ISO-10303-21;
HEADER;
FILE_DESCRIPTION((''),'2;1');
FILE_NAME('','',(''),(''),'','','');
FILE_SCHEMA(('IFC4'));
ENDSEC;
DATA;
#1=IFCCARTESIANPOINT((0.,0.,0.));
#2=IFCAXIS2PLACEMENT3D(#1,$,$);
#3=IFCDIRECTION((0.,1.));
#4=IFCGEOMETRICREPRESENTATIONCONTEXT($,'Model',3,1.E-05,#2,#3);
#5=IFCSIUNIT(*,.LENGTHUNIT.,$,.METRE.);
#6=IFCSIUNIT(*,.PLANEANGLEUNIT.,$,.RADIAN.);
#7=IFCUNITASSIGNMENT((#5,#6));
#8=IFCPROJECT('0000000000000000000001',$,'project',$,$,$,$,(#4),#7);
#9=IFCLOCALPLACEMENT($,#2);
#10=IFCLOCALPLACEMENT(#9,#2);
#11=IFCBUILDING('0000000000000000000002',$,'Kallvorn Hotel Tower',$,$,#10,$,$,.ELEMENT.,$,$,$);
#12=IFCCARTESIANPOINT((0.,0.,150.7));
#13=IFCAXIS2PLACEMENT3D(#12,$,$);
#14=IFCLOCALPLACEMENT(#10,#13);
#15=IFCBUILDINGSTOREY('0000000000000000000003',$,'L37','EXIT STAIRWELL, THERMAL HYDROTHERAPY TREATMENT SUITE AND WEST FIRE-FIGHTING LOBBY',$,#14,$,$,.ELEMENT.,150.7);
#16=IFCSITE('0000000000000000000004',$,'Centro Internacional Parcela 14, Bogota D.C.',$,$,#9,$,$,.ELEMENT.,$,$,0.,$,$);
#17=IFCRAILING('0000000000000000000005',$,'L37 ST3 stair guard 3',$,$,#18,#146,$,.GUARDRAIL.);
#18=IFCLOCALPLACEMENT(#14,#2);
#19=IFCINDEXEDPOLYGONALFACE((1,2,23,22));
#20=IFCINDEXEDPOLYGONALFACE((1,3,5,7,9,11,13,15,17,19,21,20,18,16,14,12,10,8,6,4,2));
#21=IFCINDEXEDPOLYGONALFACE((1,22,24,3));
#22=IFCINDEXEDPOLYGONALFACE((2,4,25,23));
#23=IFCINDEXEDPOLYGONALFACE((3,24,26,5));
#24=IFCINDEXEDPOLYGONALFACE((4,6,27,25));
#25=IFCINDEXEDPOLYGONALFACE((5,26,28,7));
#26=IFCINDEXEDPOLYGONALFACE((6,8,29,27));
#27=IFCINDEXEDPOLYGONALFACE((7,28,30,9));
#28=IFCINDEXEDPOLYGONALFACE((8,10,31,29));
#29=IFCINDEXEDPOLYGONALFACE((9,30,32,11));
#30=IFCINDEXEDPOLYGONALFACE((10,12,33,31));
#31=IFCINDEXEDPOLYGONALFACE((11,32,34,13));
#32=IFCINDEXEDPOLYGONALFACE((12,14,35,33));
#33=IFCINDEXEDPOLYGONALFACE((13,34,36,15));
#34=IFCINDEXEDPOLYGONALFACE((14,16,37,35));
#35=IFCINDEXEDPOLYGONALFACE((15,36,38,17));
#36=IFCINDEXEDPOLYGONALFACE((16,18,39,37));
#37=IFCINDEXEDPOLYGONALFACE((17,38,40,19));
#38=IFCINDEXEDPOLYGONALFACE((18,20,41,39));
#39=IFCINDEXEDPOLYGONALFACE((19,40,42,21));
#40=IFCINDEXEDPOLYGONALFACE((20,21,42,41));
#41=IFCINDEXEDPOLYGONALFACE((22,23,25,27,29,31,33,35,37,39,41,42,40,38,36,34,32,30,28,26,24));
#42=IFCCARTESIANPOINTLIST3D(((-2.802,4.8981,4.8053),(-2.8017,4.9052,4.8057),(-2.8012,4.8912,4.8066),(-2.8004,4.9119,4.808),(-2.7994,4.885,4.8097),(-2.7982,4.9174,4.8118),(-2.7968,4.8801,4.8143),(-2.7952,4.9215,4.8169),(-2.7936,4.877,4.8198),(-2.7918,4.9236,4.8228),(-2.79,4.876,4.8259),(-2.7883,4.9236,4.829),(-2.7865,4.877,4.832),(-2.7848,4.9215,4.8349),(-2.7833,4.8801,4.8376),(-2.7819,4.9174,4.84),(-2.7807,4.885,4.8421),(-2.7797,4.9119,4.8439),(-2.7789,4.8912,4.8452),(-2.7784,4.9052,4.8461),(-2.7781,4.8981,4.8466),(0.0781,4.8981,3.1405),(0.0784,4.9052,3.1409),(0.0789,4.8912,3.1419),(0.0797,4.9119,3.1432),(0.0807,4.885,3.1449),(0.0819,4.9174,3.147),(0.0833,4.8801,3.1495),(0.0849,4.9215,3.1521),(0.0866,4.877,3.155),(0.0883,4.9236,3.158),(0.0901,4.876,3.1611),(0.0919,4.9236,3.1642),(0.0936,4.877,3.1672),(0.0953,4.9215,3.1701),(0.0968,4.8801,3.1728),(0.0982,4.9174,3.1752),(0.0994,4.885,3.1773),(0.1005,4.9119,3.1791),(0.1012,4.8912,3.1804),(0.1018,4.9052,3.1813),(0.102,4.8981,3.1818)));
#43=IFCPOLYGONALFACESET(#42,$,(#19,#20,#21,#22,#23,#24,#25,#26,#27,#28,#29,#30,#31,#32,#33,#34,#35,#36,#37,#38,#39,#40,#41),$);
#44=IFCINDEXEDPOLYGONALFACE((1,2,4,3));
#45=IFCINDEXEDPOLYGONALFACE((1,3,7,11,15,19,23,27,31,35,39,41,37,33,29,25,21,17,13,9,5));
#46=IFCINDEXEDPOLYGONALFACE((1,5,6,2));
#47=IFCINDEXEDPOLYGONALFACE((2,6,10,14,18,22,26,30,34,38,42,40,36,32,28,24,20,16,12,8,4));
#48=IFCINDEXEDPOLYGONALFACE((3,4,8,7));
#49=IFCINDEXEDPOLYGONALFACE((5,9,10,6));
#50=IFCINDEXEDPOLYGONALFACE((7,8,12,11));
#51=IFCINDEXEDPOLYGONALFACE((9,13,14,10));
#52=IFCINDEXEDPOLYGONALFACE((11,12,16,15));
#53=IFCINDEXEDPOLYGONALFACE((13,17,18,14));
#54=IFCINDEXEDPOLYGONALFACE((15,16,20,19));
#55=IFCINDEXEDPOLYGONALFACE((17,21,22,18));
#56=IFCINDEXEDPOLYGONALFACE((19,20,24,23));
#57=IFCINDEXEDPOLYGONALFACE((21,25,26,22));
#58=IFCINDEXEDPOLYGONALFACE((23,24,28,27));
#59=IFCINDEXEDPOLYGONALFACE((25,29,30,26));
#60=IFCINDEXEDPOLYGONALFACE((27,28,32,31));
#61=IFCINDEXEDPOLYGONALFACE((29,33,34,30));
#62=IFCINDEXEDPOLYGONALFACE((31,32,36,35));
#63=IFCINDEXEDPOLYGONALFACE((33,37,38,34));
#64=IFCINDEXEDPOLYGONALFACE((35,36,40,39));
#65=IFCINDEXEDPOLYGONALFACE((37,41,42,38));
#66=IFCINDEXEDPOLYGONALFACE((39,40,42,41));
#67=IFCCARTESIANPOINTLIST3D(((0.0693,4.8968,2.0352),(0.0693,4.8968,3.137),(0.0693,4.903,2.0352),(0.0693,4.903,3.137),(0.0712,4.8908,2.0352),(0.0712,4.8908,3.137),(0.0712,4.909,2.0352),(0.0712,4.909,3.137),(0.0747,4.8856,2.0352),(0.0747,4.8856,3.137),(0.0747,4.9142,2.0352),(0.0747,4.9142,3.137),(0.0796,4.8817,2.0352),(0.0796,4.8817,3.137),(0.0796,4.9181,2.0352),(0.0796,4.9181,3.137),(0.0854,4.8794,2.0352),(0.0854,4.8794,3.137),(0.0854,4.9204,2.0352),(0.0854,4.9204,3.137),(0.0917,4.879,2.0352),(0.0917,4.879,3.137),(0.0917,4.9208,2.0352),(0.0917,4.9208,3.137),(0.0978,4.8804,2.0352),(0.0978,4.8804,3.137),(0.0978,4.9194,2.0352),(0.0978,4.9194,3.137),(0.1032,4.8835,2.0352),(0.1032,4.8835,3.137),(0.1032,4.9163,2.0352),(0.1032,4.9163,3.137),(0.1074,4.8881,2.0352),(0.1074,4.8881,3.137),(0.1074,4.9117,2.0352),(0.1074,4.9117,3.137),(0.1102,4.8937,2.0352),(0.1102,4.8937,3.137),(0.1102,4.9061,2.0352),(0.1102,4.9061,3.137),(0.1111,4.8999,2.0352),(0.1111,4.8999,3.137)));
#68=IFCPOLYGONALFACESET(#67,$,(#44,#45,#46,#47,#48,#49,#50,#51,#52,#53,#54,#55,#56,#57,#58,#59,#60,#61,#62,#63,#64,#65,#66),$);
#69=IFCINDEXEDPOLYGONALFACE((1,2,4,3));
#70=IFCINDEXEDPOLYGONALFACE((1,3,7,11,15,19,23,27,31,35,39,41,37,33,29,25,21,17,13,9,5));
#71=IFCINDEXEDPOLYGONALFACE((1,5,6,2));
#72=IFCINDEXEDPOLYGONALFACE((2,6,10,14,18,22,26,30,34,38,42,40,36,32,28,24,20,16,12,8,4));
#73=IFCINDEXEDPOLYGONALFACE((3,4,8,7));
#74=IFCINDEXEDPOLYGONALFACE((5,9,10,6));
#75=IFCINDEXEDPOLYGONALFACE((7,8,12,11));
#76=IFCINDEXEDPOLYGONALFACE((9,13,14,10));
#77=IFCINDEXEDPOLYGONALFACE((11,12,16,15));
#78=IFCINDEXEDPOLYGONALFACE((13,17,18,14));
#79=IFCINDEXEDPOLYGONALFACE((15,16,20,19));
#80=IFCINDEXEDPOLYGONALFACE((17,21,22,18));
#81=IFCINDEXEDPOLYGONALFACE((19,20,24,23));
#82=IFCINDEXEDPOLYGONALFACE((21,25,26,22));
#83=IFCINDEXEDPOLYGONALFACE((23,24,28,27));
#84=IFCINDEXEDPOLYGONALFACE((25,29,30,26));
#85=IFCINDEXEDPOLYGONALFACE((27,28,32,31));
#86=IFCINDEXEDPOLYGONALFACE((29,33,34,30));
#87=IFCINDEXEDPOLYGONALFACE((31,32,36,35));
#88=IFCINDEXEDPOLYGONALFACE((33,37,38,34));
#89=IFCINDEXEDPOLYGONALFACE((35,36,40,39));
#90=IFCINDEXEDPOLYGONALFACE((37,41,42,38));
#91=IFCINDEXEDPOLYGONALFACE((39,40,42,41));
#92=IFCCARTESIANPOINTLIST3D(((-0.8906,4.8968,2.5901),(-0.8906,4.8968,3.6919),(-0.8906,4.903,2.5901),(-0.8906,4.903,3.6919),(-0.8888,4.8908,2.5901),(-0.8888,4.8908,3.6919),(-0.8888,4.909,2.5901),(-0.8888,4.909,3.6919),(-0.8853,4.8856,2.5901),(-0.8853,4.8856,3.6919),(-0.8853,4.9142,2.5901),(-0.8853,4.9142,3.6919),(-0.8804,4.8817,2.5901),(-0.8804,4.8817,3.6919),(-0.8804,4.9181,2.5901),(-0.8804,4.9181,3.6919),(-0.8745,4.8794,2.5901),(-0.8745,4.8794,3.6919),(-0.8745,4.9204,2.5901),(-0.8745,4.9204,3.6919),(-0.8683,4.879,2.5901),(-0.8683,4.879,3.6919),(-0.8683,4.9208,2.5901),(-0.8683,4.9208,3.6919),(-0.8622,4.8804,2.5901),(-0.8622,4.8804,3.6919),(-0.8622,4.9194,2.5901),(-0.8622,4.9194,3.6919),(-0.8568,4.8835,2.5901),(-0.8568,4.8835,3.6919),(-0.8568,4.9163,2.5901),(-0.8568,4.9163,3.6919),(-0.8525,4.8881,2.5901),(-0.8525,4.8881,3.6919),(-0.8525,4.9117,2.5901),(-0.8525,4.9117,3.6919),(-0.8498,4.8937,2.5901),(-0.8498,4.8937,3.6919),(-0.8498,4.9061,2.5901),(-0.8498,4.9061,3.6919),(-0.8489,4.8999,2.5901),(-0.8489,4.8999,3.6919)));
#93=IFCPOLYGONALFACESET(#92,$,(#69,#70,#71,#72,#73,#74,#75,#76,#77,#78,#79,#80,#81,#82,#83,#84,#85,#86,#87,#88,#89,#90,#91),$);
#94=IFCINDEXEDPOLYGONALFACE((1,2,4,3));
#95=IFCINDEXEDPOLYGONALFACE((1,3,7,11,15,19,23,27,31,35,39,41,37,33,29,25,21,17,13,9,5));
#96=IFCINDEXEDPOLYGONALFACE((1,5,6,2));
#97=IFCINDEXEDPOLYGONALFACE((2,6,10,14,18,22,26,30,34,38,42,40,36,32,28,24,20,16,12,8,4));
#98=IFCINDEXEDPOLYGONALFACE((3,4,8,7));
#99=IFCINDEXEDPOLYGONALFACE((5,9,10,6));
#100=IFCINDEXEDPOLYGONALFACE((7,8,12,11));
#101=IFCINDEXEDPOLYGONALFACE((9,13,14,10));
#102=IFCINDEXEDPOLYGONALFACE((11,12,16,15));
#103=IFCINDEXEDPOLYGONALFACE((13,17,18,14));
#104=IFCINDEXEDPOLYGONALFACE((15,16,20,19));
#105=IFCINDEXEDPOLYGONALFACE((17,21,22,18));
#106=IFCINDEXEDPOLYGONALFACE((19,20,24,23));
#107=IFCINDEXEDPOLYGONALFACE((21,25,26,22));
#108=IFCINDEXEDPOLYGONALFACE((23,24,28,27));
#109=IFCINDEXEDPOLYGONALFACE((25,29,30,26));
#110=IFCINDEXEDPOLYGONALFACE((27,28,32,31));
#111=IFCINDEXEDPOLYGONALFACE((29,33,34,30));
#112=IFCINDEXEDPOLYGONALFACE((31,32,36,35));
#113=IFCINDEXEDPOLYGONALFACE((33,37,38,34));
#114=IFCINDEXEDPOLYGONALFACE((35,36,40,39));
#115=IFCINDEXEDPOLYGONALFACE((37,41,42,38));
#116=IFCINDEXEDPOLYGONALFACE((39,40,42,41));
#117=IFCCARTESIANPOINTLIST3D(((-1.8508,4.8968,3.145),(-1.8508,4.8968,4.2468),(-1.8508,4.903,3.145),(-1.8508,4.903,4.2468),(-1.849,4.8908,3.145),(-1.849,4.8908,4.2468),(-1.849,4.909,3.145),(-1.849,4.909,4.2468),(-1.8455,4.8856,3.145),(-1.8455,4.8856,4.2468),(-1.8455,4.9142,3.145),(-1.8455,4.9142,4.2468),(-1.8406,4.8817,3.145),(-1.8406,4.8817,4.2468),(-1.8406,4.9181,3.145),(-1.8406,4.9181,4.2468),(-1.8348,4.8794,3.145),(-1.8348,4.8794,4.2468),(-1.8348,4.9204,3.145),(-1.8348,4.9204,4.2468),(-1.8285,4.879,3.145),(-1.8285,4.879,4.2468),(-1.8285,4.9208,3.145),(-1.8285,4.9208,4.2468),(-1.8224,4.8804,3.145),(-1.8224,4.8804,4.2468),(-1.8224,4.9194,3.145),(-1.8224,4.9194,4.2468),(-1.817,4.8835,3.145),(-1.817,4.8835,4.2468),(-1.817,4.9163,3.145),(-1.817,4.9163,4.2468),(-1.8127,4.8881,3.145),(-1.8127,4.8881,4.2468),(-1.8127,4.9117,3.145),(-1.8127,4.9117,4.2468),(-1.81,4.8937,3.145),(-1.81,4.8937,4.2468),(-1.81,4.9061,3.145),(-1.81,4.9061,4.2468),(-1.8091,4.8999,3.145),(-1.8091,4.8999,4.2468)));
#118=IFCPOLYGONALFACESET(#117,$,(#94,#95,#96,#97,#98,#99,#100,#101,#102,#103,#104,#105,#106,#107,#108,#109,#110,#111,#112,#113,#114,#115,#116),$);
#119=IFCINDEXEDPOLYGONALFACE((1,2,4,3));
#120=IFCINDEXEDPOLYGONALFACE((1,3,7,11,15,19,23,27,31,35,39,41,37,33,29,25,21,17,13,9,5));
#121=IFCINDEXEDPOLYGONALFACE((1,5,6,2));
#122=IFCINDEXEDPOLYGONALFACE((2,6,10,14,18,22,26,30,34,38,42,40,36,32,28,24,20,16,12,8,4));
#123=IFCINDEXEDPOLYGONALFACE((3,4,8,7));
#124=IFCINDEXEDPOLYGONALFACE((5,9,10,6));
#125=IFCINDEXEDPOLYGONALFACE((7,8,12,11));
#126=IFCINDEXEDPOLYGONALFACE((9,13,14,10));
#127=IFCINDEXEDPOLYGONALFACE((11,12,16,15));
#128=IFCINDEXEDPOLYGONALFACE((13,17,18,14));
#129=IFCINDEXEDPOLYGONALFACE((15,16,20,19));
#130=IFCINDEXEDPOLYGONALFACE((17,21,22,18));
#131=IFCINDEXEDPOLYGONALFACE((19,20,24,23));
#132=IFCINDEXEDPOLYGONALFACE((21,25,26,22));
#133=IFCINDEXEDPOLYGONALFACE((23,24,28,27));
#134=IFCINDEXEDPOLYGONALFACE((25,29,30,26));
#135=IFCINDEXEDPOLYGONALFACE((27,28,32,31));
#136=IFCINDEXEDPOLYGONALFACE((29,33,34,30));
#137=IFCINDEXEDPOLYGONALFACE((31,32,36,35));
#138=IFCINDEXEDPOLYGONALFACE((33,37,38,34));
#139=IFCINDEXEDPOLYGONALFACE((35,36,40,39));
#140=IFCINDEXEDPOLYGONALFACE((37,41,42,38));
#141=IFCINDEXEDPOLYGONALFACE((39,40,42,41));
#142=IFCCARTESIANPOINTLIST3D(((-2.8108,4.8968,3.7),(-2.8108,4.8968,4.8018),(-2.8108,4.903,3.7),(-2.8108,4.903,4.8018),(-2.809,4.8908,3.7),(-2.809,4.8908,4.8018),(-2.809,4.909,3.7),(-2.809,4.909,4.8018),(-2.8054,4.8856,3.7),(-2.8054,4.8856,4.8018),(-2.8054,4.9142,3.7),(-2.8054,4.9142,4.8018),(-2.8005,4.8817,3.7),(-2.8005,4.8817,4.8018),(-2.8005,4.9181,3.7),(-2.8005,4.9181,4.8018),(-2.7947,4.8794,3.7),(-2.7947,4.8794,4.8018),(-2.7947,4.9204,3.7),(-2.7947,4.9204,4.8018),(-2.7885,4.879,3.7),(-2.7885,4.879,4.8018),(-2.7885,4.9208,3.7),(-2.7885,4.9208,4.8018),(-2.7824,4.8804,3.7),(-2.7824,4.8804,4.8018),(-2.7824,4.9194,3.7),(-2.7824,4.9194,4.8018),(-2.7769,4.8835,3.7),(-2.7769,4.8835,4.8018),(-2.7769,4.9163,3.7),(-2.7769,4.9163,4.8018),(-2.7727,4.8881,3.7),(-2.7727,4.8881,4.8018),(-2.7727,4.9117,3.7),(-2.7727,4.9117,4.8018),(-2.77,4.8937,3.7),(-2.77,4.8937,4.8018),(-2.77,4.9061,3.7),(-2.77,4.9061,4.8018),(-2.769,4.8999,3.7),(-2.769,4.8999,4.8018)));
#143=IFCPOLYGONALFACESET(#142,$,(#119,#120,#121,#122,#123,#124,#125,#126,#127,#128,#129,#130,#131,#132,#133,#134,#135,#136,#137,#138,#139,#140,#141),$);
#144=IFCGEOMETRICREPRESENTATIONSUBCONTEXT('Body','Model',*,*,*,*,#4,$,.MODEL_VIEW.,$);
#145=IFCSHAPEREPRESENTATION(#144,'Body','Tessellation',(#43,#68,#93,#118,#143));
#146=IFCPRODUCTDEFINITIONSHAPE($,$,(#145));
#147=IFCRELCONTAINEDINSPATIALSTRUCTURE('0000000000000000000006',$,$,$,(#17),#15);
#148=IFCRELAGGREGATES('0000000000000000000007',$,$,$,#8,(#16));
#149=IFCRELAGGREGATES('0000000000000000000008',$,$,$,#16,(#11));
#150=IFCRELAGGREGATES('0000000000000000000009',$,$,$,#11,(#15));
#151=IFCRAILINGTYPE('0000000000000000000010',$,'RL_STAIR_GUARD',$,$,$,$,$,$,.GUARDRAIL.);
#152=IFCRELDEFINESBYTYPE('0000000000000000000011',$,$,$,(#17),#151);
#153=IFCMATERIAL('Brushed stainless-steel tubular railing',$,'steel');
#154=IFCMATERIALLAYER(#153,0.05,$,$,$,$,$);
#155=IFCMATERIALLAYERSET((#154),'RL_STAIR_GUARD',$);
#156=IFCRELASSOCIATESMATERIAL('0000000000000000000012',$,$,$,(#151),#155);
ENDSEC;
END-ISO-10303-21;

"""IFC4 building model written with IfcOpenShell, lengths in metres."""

from ifc_helpers import new_model, si_unit, direction, frame, origin, origin_2d, place, context, subcontext, project, spatial, circle, extrude, material, layer, layer_set, type_object, element, save


model = new_model("IFC4")

# Units and contexts
model_context = context("Model", 3, precision=1e-05, world=origin(), true_north=direction((0.0, 1.0)))
body_context = subcontext(model_context, "Body", "Model", "MODEL_VIEW")
ifc_project = project(units=[si_unit("LENGTHUNIT", "METRE"), si_unit("PLANEANGLEUNIT", "RADIAN")], contexts=[model_context])

# Site, building, storey
site_placement = place(None, origin())
site = spatial("IfcSite", under=ifc_project, at=site_placement, Name="Centro Internacional Parcela 14, Bogota D.C.", CompositionType="ELEMENT", RefElevation=0.0)
building_placement = place(site_placement, origin())
building = spatial("IfcBuilding", under=site, at=building_placement, Name="Kallvorn Hotel Tower", CompositionType="ELEMENT")
storey_placement = place(building_placement, frame((0.0, 0.0, 150.7)))
storey = spatial("IfcBuildingStorey", under=building, at=storey_placement, Name="L37", Description="EXIT STAIRWELL, THERMAL HYDROTHERAPY TREATMENT SUITE AND WEST FIRE-FIGHTING LOBBY", CompositionType="ELEMENT", Elevation=150.7)

# Railing
ifc_material_1 = material(Name="Brushed stainless-steel tubular railing", Category="steel")
ifc_layer_1 = layer(ifc_material_1, 0.05)
ifc_layer_set_1 = layer_set([ifc_layer_1], Name="RL_STAIR_GUARD")
railing_type_1 = type_object("IfcRailingType", Name="RL_STAIR_GUARD", PredefinedType="GUARDRAIL", material=ifc_layer_set_1)
railing_1_placement = place(storey_placement, frame((0.0901, 4.8999, 2.0352)))
element("IfcRailing", 1, at=railing_1_placement, inside=storey, type_object=railing_type_1, Name="L37 ST3 stair guard 3", PredefinedType="GUARDRAIL", context=body_context, shape_type="SweptSolid", body=[
    extrude(circle(Radius=0.0239, at=origin_2d()), frame((0.0, 0.0, 1.126), z_axis=(-0.865771, 0.0, 0.50044), x_axis=(0.0, -1.0, 0.0)), (0.0, 0.0, 1.0), 3.3267),
    extrude(circle(Radius=0.021, at=origin_2d()), origin(), (0.0, 0.0, 1.0), 1.1018),
    extrude(circle(Radius=0.021, at=origin_2d()), frame((-0.96, 0.0, 0.5549)), (0.0, 0.0, 1.0), 1.1018),
    extrude(circle(Radius=0.021, at=origin_2d()), frame((-1.9202, 0.0, 1.1099)), (0.0, 0.0, 1.0), 1.1018),
    extrude(circle(Radius=0.021, at=origin_2d()), frame((-2.8801, 0.0, 1.6648)), (0.0, 0.0, 1.0), 1.1018),
])

save(model, "model.ifc")
